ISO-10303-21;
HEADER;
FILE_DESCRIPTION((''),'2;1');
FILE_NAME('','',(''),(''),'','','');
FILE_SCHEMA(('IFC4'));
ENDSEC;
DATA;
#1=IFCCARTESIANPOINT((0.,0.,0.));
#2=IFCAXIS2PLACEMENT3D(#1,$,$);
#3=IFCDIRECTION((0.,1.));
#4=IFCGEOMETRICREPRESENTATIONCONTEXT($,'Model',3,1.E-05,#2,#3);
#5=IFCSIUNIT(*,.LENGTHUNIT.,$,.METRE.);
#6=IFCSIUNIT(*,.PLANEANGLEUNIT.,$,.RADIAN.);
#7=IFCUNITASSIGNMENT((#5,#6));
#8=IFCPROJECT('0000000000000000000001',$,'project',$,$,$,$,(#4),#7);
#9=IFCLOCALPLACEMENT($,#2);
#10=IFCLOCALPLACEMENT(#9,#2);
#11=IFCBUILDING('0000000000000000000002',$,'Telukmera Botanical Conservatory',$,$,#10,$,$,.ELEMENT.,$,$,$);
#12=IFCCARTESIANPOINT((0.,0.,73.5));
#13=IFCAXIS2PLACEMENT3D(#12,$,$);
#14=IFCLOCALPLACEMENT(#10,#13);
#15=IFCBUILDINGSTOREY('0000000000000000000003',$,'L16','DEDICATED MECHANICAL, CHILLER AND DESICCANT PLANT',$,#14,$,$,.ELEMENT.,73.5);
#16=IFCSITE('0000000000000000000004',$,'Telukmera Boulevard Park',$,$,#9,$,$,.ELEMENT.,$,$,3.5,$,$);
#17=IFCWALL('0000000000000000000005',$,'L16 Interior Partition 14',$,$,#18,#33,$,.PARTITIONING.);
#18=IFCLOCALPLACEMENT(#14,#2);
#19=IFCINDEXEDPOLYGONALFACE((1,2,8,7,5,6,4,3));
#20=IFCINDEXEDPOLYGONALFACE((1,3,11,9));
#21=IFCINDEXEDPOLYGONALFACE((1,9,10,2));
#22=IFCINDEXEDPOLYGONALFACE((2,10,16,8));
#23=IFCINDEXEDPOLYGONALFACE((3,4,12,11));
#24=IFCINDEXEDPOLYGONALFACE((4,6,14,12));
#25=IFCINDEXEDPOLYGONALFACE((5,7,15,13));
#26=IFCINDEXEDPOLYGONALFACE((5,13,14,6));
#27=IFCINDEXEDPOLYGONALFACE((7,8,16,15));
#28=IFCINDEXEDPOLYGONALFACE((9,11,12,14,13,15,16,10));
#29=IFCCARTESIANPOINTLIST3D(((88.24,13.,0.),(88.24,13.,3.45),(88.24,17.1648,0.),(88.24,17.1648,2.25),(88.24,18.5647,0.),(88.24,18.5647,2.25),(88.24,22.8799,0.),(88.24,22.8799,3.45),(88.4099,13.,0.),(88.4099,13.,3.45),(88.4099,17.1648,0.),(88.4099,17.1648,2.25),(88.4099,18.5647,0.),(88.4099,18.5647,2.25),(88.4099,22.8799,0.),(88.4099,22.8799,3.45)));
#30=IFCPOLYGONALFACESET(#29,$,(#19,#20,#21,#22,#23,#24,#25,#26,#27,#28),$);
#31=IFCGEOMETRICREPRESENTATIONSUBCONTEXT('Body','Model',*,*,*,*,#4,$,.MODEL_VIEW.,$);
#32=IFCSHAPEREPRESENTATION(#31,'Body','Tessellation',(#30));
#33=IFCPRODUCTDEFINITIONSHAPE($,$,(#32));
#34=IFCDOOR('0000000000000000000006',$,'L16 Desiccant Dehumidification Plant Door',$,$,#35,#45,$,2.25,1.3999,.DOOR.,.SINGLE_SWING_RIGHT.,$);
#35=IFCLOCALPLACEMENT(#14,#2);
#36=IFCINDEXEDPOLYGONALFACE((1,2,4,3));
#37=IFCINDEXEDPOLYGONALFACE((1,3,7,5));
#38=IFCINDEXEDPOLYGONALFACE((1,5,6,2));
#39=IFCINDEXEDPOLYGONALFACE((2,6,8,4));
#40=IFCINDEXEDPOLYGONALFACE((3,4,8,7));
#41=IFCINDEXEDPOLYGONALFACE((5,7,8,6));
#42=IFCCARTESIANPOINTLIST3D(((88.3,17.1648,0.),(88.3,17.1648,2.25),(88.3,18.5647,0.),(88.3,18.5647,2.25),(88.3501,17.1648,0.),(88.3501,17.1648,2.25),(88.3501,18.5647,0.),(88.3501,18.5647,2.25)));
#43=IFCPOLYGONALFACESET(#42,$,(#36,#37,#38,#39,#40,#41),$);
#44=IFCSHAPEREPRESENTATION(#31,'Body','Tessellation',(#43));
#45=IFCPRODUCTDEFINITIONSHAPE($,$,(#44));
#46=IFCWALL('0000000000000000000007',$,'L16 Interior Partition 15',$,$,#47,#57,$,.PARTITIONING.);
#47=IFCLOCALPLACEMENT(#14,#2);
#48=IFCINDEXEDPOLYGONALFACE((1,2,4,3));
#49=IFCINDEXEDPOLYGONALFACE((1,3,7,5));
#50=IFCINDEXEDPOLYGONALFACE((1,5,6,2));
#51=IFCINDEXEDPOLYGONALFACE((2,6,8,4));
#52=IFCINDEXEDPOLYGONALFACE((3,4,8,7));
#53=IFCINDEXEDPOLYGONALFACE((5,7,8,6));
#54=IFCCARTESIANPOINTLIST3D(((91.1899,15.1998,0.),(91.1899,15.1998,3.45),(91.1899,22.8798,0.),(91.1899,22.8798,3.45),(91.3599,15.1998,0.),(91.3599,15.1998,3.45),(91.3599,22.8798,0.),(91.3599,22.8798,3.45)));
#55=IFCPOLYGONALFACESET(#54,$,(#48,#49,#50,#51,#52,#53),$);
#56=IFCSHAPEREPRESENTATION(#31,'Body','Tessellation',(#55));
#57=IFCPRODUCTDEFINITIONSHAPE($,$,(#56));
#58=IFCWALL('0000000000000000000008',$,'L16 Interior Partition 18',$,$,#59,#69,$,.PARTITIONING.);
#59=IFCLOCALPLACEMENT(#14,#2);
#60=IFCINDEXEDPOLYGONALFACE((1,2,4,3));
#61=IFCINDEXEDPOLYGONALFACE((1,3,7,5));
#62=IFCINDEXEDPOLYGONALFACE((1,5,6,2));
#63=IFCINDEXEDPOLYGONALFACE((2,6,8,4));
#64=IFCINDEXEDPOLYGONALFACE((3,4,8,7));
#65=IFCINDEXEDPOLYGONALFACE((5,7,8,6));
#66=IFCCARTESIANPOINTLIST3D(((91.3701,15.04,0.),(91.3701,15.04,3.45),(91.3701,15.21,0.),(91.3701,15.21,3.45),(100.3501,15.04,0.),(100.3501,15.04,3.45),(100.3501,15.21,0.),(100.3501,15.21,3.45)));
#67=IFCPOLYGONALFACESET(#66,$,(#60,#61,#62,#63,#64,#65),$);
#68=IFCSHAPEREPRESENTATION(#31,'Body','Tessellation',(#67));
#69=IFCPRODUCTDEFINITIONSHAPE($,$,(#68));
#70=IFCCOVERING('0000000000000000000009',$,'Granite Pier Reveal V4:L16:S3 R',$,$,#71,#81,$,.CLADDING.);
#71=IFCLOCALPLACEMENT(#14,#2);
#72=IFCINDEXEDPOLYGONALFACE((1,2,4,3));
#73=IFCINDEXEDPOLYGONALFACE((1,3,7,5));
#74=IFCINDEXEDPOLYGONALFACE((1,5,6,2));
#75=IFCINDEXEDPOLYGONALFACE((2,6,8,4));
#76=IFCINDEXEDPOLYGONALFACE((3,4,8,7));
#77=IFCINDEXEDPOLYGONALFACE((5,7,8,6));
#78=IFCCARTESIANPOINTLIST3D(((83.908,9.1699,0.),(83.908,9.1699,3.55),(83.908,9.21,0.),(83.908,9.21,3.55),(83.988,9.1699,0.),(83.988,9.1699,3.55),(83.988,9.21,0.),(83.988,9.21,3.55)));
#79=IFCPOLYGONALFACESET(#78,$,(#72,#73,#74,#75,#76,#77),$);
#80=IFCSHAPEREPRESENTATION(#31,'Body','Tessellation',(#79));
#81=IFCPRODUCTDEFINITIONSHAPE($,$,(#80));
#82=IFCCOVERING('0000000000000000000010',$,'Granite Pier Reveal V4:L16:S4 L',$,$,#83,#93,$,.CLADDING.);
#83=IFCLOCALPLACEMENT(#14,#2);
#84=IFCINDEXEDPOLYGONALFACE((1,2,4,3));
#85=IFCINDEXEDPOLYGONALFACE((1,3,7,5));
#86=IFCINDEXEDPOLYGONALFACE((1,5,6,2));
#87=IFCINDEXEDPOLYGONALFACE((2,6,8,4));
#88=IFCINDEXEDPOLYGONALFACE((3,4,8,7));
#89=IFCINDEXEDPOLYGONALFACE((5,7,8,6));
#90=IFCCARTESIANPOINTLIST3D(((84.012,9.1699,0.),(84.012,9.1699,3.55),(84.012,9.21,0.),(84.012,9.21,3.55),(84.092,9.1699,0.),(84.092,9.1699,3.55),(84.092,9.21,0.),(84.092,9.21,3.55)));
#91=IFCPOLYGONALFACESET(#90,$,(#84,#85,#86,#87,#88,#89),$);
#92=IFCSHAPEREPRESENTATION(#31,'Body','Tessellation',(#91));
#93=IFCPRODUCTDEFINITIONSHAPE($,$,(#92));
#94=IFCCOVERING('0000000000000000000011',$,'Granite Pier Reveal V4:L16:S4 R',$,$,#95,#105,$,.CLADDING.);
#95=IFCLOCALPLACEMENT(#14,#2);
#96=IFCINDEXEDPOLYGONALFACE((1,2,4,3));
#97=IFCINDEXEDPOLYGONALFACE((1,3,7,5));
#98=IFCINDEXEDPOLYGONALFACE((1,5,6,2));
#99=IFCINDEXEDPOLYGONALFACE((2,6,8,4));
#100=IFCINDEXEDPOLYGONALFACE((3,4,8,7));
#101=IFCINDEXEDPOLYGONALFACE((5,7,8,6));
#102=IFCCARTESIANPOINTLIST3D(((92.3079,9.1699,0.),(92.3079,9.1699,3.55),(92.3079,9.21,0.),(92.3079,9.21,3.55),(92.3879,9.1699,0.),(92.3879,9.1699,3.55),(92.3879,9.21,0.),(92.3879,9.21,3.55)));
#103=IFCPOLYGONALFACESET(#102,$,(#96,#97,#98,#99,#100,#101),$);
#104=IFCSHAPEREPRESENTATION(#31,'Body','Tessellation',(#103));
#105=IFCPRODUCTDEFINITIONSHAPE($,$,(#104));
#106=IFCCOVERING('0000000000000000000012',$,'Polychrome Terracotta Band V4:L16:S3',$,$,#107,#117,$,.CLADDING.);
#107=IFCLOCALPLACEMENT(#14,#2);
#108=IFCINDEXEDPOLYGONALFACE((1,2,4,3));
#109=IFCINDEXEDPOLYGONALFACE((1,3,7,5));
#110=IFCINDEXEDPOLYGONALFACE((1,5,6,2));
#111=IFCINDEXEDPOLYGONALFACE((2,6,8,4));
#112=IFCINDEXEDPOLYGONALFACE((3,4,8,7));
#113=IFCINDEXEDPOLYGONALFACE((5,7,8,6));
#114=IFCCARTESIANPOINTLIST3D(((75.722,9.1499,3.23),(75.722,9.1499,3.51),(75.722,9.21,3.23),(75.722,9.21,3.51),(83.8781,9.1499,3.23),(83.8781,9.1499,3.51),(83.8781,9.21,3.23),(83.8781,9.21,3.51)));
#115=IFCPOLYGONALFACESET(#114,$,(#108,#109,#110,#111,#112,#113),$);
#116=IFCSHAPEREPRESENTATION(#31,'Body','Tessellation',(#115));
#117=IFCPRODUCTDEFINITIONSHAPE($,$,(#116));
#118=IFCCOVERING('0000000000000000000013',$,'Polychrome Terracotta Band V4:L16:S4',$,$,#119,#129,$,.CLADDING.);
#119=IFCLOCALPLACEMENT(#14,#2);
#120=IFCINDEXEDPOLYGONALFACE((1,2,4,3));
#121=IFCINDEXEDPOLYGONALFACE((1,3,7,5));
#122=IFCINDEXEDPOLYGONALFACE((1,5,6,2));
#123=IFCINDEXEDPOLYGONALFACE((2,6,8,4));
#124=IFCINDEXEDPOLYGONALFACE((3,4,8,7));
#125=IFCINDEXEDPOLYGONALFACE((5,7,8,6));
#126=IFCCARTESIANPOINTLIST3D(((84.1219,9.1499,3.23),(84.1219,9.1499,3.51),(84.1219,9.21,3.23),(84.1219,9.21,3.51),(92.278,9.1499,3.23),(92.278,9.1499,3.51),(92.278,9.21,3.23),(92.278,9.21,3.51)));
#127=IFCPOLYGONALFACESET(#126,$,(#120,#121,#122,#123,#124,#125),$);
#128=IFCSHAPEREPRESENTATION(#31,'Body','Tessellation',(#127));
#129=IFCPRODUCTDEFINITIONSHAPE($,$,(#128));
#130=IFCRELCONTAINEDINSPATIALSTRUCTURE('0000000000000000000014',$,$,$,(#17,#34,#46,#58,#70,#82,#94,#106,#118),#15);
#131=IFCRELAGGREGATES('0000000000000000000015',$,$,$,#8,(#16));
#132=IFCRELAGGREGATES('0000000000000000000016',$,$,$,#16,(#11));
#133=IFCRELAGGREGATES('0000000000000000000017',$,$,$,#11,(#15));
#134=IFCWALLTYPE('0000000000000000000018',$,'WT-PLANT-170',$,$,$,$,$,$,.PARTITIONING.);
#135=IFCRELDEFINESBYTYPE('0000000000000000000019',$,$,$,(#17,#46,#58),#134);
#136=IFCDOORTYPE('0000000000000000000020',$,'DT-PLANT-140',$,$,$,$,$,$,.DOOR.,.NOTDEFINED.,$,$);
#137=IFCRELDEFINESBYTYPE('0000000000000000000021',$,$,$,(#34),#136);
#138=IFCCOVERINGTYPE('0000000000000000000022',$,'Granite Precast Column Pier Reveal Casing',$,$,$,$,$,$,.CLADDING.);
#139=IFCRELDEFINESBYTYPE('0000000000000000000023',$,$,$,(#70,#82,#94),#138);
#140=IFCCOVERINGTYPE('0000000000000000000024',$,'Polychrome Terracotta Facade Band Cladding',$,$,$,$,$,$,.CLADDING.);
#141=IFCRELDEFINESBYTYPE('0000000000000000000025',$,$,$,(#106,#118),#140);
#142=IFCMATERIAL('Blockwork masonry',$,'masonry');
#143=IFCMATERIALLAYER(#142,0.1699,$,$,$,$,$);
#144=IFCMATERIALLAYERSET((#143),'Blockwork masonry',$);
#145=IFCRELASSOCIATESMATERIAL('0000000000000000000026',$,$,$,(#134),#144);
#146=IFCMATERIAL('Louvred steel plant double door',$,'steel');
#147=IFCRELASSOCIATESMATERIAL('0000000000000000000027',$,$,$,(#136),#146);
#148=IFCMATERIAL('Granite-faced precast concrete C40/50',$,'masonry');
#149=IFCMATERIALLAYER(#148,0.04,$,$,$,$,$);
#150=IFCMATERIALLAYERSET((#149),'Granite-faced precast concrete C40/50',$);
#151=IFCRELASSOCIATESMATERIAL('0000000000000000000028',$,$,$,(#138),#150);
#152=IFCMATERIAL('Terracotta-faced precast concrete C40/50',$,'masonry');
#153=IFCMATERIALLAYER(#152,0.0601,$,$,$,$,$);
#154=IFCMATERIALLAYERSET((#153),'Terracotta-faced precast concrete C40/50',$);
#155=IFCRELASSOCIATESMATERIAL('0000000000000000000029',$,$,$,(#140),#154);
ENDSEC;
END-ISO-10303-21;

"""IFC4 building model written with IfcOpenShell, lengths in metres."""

from ifc_helpers import new_model, si_unit, direction, frame, frame_2d, origin, origin_2d, place, context, subcontext, project, spatial, rectangle, extrude, material, layer, layer_set, type_object, element, fill, save


model = new_model("IFC4")

# Units and contexts
model_context = context("Model", 3, precision=1e-05, world=origin(), true_north=direction((0.0, 1.0)))
body_context = subcontext(model_context, "Body", "Model", "MODEL_VIEW")
ifc_project = project(units=[si_unit("LENGTHUNIT", "METRE"), si_unit("PLANEANGLEUNIT", "RADIAN")], contexts=[model_context])

# Site, building, storey
site_placement = place(None, origin())
site = spatial("IfcSite", under=ifc_project, at=site_placement, Name="Telukmera Boulevard Park", CompositionType="ELEMENT", RefElevation=3.5)
building_placement = place(site_placement, origin())
building = spatial("IfcBuilding", under=site, at=building_placement, Name="Telukmera Botanical Conservatory", CompositionType="ELEMENT")
storey_placement = place(building_placement, frame((0.0, 0.0, 73.5)))
storey = spatial("IfcBuildingStorey", under=building, at=storey_placement, Name="L16", Description="DEDICATED MECHANICAL, CHILLER AND DESICCANT PLANT", CompositionType="ELEMENT", Elevation=73.5)

# Shared definitions
ifc_material_1 = material(Name="Terracotta-faced precast concrete C40/50", Category="masonry")

# Wall, opening, door
ifc_material_2 = material(Name="Blockwork masonry", Category="masonry")
ifc_layer_1 = layer(ifc_material_2, 0.1699)
ifc_layer_set_1 = layer_set([ifc_layer_1], Name="Blockwork masonry")
wall_type_1 = type_object("IfcWallType", Name="WT-PLANT-170", PredefinedType="PARTITIONING", material=ifc_layer_set_1)
wall_1_placement = place(storey_placement, frame((88.325, 13.0, 0.0), z_axis=(0.0, 0.0, 1.0), x_axis=(0.0, 1.0, 0.0)))
wall_1 = element("IfcWall", 1, at=wall_1_placement, inside=storey, type_object=wall_type_1, Name="L16 Interior Partition 14", PredefinedType="PARTITIONING", context=body_context, shape_type="SweptSolid", body=[
    extrude(rectangle(XDim=9.8799, YDim=0.1699, at=frame_2d((4.9399, 0.0))), origin(), (0.0, 0.0, 1.0), 3.45),
])
opening_1_placement = place(wall_1_placement, frame((4.1648, 0.0, 0.0)))
opening_1 = element("IfcOpeningElement", 2, at=opening_1_placement, cuts=wall_1, PredefinedType="OPENING", context=body_context, shape_type="SweptSolid", body=[
    extrude(rectangle(XDim=1.3999, YDim=2.25, at=frame_2d((0.7, 1.125))), frame((0.0, 0.095, 0.0), z_axis=(0.0, -1.0, 0.0), x_axis=(1.0, 0.0, 0.0)), (0.0, 0.0, 1.0), 0.1899),
])
ifc_material_3 = material(Name="Louvred steel plant double door", Category="steel")
door_type_1 = type_object("IfcDoorType", Name="DT-PLANT-140", OperationType="NOTDEFINED", PredefinedType="DOOR", material=ifc_material_3)
door_1_placement = place(opening_1_placement, origin())
door_1 = element("IfcDoor", 3, at=door_1_placement, inside=storey, type_object=door_type_1, Name="L16 Desiccant Dehumidification Plant Door", OperationType="SINGLE_SWING_RIGHT", OverallHeight=2.25, OverallWidth=1.3999, PredefinedType="DOOR", context=body_context, shape_type="SweptSolid", body=[
    extrude(rectangle(XDim=1.3999, YDim=2.25, at=frame_2d((0.7, 1.125))), frame((0.0, 0.0249, 0.0), z_axis=(0.0, -1.0, 0.0), x_axis=(1.0, 0.0, 0.0)), (0.0, 0.0, 1.0), 0.05),
])
fill(opening_1, door_1)

# Walls
wall_2_placement = place(storey_placement, frame((91.2749, 15.2, 0.0), z_axis=(0.0, 0.0, 1.0), x_axis=(0.0, 1.0, 0.0)))
element("IfcWall", 4, at=wall_2_placement, inside=storey, type_object=wall_type_1, Name="L16 Interior Partition 15", PredefinedType="PARTITIONING", context=body_context, shape_type="SweptSolid", body=[
    extrude(rectangle(XDim=7.6799, YDim=0.1699, at=frame_2d((3.8398, 0.0))), origin(), (0.0, 0.0, 1.0), 3.45),
])
wall_3_placement = place(storey_placement, frame((91.3701, 15.125, 0.0), z_axis=(0.0, 0.0, 1.0), x_axis=(1.0, 0.0, 0.0)))
element("IfcWall", 5, at=wall_3_placement, inside=storey, type_object=wall_type_1, Name="L16 Interior Partition 18", PredefinedType="PARTITIONING", context=body_context, shape_type="SweptSolid", body=[
    extrude(rectangle(XDim=8.98, YDim=0.1699, at=frame_2d((4.49, 0.0))), origin(), (0.0, 0.0, 1.0), 3.45),
])

# Coverings
ifc_material_4 = material(Name="Granite-faced precast concrete C40/50", Category="masonry")
ifc_layer_2 = layer(ifc_material_4, 0.04)
ifc_layer_set_2 = layer_set([ifc_layer_2], Name="Granite-faced precast concrete C40/50")
covering_type_1 = type_object("IfcCoveringType", Name="Granite Precast Column Pier Reveal Casing", PredefinedType="CLADDING", material=ifc_layer_set_2)
for number, where, z_axis, x_axis, name in (
    (6, (83.948, 9.1899, 0.0), (0.0, 0.0, 1.0), (1.0, 0.0, 0.0), "Granite Pier Reveal V4:L16:S3 R"),
    (7, (84.052, 9.1899, 0.0), (0.0, 0.0, 1.0), (1.0, 0.0, 0.0), "Granite Pier Reveal V4:L16:S4 L"),
    (8, (92.3479, 9.1899, 0.0), (0.0, 0.0, 1.0), (1.0, 0.0, 0.0), "Granite Pier Reveal V4:L16:S4 R"),
):
    element("IfcCovering", number, at=place(storey_placement, frame(where, z_axis=z_axis, x_axis=x_axis)), inside=storey, type_object=covering_type_1, Name=name, PredefinedType="CLADDING", context=body_context, shape_type="SweptSolid", body=[
        extrude(rectangle(XDim=0.0801, YDim=0.04, at=origin_2d()), origin(), (0.0, 0.0, 1.0), 3.55),
    ])
ifc_layer_3 = layer(ifc_material_1, 0.0601)
ifc_layer_set_3 = layer_set([ifc_layer_3], Name="Terracotta-faced precast concrete C40/50")
covering_type_2 = type_object("IfcCoveringType", Name="Polychrome Terracotta Facade Band Cladding", PredefinedType="CLADDING", material=ifc_layer_set_3)
for number, where, z_axis, x_axis, name in (
    (9, (79.8, 9.1799, 3.23), (0.0, 0.0, 1.0), (1.0, 0.0, 0.0), "Polychrome Terracotta Band V4:L16:S3"),
    (10, (88.2, 9.1799, 3.23), (0.0, 0.0, 1.0), (1.0, 0.0, 0.0), "Polychrome Terracotta Band V4:L16:S4"),
):
    element("IfcCovering", number, at=place(storey_placement, frame(where, z_axis=z_axis, x_axis=x_axis)), inside=storey, type_object=covering_type_2, Name=name, PredefinedType="CLADDING", context=body_context, shape_type="SweptSolid", body=[
        extrude(rectangle(XDim=8.156, YDim=0.0601, at=origin_2d()), origin(), (0.0, 0.0, 1.0), 0.28),
    ])

save(model, "model.ifc")
